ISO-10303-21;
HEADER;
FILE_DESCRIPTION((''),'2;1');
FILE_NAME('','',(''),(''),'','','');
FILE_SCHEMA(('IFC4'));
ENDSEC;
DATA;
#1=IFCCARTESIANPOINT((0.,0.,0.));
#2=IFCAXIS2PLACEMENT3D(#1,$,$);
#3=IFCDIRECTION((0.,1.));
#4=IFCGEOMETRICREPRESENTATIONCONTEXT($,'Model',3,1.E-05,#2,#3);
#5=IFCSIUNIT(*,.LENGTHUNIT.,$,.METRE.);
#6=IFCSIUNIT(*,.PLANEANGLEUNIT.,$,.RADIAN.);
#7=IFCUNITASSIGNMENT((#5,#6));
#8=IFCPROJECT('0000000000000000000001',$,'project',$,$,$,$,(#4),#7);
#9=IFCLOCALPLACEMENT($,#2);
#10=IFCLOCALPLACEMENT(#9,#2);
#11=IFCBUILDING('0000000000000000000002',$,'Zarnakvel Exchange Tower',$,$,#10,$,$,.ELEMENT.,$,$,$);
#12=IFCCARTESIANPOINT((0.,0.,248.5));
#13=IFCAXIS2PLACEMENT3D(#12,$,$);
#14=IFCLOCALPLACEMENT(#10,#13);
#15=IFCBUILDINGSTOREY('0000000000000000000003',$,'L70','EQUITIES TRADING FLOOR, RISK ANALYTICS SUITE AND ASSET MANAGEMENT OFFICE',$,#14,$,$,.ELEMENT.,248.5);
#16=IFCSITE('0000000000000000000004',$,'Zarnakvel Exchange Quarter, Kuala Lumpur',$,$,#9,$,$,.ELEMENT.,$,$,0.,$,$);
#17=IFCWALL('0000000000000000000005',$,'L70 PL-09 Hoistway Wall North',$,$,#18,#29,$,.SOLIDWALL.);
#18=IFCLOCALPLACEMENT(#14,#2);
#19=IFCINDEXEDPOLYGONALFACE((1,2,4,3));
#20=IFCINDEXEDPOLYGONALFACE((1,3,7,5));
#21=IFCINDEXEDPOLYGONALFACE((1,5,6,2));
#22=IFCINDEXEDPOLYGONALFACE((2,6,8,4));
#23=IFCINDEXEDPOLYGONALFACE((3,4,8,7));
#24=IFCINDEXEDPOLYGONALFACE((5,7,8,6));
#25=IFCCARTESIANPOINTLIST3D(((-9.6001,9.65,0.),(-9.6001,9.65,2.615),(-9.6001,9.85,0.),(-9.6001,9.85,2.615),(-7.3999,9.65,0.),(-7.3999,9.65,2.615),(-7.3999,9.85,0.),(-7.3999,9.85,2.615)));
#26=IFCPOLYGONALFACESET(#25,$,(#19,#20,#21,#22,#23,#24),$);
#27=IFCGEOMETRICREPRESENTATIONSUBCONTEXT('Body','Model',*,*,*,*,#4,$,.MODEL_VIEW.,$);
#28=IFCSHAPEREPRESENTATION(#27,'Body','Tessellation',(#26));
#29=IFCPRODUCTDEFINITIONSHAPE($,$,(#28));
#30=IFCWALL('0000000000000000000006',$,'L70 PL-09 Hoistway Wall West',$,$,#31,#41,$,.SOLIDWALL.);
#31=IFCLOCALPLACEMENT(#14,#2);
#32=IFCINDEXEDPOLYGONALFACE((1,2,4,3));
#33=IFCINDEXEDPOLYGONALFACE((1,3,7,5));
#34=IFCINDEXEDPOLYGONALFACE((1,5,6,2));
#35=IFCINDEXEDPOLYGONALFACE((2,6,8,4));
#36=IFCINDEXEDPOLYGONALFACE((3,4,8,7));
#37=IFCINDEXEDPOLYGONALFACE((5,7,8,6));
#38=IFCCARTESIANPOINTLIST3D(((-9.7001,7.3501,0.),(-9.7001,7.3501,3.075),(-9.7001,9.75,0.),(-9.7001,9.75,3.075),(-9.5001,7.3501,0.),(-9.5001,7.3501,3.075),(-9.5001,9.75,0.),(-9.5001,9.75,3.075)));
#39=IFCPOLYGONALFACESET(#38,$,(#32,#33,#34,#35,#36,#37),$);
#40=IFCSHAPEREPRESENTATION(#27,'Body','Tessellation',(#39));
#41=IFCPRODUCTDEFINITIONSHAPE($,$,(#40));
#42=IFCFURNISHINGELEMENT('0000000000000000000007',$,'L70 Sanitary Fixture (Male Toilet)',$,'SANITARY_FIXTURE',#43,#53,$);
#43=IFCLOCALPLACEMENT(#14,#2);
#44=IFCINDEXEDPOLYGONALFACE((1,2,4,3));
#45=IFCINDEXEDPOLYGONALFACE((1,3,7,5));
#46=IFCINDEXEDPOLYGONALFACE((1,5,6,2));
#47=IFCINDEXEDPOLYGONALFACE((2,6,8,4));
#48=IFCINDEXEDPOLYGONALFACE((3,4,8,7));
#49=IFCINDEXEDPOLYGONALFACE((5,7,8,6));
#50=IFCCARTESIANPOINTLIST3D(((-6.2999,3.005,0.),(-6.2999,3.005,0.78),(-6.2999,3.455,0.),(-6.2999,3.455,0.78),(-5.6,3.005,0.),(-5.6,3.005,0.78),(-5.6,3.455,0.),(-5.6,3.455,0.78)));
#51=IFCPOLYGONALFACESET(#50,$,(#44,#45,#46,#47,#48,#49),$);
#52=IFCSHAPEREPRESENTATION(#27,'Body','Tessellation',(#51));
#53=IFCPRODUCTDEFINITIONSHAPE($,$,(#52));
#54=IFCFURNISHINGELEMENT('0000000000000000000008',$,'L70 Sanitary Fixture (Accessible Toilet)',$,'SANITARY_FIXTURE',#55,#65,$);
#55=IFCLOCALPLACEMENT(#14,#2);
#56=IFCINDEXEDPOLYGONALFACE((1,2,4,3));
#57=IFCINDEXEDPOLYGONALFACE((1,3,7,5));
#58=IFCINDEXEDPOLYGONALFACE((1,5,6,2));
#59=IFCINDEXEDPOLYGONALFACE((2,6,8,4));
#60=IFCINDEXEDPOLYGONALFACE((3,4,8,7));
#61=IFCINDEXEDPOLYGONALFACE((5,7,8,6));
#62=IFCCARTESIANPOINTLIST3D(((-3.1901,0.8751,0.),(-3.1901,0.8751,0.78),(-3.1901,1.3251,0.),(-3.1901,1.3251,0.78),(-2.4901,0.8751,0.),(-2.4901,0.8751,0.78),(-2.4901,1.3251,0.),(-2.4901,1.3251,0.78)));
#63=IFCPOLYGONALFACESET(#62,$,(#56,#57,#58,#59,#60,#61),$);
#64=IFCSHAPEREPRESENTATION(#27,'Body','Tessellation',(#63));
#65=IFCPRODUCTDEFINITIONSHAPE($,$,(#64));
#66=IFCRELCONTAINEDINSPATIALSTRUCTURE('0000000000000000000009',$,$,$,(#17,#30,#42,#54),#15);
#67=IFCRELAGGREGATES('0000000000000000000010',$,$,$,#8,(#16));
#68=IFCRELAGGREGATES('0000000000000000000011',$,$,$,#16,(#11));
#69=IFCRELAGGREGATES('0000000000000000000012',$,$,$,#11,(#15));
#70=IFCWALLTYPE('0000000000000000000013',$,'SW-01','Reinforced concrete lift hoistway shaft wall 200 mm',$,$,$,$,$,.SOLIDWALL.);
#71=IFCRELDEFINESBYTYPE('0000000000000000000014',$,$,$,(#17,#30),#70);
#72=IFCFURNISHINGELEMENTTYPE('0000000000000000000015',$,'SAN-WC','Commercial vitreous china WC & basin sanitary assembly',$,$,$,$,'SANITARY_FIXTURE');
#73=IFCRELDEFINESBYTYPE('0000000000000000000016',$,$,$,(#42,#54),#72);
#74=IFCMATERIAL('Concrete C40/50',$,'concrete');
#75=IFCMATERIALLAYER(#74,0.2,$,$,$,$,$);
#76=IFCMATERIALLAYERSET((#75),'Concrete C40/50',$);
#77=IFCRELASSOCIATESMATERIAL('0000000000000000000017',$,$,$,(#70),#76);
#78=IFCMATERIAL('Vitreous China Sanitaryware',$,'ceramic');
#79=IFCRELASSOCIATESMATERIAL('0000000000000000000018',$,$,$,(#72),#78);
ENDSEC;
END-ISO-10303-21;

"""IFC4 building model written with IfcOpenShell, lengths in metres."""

from ifc_helpers import new_model, si_unit, direction, frame, frame_2d, origin, origin_2d, place, context, subcontext, project, spatial, rectangle, extrude, source, transform, mapped, material, layer, layer_set, type_object, element, save


model = new_model("IFC4")

# Units and contexts
model_context = context("Model", 3, precision=1e-05, world=origin(), true_north=direction((0.0, 1.0)))
body_context = subcontext(model_context, "Body", "Model", "MODEL_VIEW")
ifc_project = project(units=[si_unit("LENGTHUNIT", "METRE"), si_unit("PLANEANGLEUNIT", "RADIAN")], contexts=[model_context])

# Site, building, storey
site_placement = place(None, origin())
site = spatial("IfcSite", under=ifc_project, at=site_placement, Name="Zarnakvel Exchange Quarter, Kuala Lumpur", CompositionType="ELEMENT", RefElevation=0.0)
building_placement = place(site_placement, origin())
building = spatial("IfcBuilding", under=site, at=building_placement, Name="Zarnakvel Exchange Tower", CompositionType="ELEMENT")
storey_placement = place(building_placement, frame((0.0, 0.0, 248.5)))
storey = spatial("IfcBuildingStorey", under=building, at=storey_placement, Name="L70", Description="EQUITIES TRADING FLOOR, RISK ANALYTICS SUITE AND ASSET MANAGEMENT OFFICE", CompositionType="ELEMENT", Elevation=248.5)

# Shared definitions
ifc_material_1 = material(Name="Concrete C40/50", Category="concrete")

# Shared definitions
ifc_layer_1 = layer(ifc_material_1, 0.2)
ifc_layer_set_1 = layer_set([ifc_layer_1], Name="Concrete C40/50")
wall_type_1 = type_object("IfcWallType", Name="SW-01", Description="Reinforced concrete lift hoistway shaft wall 200 mm", PredefinedType="SOLIDWALL", material=ifc_layer_set_1)

# Walls
for number, where, z_axis, x_axis, name in (
    (1, (-9.6001, 9.75, 0.0), (0.0, 0.0, 1.0), (1.0, 0.0, 0.0), "L70 PL-09 Hoistway Wall North"),
):
    element("IfcWall", number, at=place(storey_placement, frame(where, z_axis=z_axis, x_axis=x_axis)), inside=storey, type_object=wall_type_1, Name=name, PredefinedType="SOLIDWALL", context=body_context, shape_type="SweptSolid", body=[
        extrude(rectangle(XDim=2.2002, YDim=0.2, at=frame_2d((1.1001, 0.0))), origin(), (0.0, 0.0, 1.0), 2.615),
    ])
wall_1_placement = place(storey_placement, frame((-9.6001, 7.3501, 0.0), z_axis=(0.0, 0.0, 1.0), x_axis=(0.0, 1.0, 0.0)))
element("IfcWall", 2, at=wall_1_placement, inside=storey, type_object=wall_type_1, Name="L70 PL-09 Hoistway Wall West", PredefinedType="SOLIDWALL", context=body_context, shape_type="SweptSolid", body=[
    extrude(rectangle(XDim=2.3999, YDim=0.2, at=frame_2d((1.2, 0.0))), origin(), (0.0, 0.0, 1.0), 3.075),
])

# Furnishing elements
ifc_material_2 = material(Name="Vitreous China Sanitaryware", Category="ceramic")
furnishing_element_type = type_object("IfcFurnishingElementType", Name="SAN-WC", Description="Commercial vitreous china WC & basin sanitary assembly", ElementType="SANITARY_FIXTURE", material=ifc_material_2)
shared_shape_1 = source(origin(), body_context, "Body", "SweptSolid", [
    extrude(rectangle(XDim=0.7, YDim=0.45, at=origin_2d()), origin(), (0.0, 0.0, 1.0), 0.78),
])
for number, where, z_axis, x_axis, name in (
    (3, (-5.95, 3.23, 0.0), (0.0, 0.0, 1.0), (1.0, 0.0, 0.0), "L70 Sanitary Fixture (Male Toilet)"),
    (4, (-2.8401, 1.1001, 0.0), (0.0, 0.0, 1.0), (1.0, 0.0, 0.0), "L70 Sanitary Fixture (Accessible Toilet)"),
):
    element("IfcFurnishingElement", number, at=place(storey_placement, frame(where, z_axis=z_axis, x_axis=x_axis)), inside=storey, type_object=furnishing_element_type, Name=name, ObjectType="SANITARY_FIXTURE", context=body_context, shape_type="MappedRepresentation", body=[
        mapped(shared_shape_1, transform((0.0, 0.0, 0.0), x_axis=(1.0, 0.0, 0.0), y_axis=(0.0, 1.0, 0.0), z_axis=(0.0, 0.0, 1.0), scale=1.0)),
    ])

save(model, "model.ifc")
